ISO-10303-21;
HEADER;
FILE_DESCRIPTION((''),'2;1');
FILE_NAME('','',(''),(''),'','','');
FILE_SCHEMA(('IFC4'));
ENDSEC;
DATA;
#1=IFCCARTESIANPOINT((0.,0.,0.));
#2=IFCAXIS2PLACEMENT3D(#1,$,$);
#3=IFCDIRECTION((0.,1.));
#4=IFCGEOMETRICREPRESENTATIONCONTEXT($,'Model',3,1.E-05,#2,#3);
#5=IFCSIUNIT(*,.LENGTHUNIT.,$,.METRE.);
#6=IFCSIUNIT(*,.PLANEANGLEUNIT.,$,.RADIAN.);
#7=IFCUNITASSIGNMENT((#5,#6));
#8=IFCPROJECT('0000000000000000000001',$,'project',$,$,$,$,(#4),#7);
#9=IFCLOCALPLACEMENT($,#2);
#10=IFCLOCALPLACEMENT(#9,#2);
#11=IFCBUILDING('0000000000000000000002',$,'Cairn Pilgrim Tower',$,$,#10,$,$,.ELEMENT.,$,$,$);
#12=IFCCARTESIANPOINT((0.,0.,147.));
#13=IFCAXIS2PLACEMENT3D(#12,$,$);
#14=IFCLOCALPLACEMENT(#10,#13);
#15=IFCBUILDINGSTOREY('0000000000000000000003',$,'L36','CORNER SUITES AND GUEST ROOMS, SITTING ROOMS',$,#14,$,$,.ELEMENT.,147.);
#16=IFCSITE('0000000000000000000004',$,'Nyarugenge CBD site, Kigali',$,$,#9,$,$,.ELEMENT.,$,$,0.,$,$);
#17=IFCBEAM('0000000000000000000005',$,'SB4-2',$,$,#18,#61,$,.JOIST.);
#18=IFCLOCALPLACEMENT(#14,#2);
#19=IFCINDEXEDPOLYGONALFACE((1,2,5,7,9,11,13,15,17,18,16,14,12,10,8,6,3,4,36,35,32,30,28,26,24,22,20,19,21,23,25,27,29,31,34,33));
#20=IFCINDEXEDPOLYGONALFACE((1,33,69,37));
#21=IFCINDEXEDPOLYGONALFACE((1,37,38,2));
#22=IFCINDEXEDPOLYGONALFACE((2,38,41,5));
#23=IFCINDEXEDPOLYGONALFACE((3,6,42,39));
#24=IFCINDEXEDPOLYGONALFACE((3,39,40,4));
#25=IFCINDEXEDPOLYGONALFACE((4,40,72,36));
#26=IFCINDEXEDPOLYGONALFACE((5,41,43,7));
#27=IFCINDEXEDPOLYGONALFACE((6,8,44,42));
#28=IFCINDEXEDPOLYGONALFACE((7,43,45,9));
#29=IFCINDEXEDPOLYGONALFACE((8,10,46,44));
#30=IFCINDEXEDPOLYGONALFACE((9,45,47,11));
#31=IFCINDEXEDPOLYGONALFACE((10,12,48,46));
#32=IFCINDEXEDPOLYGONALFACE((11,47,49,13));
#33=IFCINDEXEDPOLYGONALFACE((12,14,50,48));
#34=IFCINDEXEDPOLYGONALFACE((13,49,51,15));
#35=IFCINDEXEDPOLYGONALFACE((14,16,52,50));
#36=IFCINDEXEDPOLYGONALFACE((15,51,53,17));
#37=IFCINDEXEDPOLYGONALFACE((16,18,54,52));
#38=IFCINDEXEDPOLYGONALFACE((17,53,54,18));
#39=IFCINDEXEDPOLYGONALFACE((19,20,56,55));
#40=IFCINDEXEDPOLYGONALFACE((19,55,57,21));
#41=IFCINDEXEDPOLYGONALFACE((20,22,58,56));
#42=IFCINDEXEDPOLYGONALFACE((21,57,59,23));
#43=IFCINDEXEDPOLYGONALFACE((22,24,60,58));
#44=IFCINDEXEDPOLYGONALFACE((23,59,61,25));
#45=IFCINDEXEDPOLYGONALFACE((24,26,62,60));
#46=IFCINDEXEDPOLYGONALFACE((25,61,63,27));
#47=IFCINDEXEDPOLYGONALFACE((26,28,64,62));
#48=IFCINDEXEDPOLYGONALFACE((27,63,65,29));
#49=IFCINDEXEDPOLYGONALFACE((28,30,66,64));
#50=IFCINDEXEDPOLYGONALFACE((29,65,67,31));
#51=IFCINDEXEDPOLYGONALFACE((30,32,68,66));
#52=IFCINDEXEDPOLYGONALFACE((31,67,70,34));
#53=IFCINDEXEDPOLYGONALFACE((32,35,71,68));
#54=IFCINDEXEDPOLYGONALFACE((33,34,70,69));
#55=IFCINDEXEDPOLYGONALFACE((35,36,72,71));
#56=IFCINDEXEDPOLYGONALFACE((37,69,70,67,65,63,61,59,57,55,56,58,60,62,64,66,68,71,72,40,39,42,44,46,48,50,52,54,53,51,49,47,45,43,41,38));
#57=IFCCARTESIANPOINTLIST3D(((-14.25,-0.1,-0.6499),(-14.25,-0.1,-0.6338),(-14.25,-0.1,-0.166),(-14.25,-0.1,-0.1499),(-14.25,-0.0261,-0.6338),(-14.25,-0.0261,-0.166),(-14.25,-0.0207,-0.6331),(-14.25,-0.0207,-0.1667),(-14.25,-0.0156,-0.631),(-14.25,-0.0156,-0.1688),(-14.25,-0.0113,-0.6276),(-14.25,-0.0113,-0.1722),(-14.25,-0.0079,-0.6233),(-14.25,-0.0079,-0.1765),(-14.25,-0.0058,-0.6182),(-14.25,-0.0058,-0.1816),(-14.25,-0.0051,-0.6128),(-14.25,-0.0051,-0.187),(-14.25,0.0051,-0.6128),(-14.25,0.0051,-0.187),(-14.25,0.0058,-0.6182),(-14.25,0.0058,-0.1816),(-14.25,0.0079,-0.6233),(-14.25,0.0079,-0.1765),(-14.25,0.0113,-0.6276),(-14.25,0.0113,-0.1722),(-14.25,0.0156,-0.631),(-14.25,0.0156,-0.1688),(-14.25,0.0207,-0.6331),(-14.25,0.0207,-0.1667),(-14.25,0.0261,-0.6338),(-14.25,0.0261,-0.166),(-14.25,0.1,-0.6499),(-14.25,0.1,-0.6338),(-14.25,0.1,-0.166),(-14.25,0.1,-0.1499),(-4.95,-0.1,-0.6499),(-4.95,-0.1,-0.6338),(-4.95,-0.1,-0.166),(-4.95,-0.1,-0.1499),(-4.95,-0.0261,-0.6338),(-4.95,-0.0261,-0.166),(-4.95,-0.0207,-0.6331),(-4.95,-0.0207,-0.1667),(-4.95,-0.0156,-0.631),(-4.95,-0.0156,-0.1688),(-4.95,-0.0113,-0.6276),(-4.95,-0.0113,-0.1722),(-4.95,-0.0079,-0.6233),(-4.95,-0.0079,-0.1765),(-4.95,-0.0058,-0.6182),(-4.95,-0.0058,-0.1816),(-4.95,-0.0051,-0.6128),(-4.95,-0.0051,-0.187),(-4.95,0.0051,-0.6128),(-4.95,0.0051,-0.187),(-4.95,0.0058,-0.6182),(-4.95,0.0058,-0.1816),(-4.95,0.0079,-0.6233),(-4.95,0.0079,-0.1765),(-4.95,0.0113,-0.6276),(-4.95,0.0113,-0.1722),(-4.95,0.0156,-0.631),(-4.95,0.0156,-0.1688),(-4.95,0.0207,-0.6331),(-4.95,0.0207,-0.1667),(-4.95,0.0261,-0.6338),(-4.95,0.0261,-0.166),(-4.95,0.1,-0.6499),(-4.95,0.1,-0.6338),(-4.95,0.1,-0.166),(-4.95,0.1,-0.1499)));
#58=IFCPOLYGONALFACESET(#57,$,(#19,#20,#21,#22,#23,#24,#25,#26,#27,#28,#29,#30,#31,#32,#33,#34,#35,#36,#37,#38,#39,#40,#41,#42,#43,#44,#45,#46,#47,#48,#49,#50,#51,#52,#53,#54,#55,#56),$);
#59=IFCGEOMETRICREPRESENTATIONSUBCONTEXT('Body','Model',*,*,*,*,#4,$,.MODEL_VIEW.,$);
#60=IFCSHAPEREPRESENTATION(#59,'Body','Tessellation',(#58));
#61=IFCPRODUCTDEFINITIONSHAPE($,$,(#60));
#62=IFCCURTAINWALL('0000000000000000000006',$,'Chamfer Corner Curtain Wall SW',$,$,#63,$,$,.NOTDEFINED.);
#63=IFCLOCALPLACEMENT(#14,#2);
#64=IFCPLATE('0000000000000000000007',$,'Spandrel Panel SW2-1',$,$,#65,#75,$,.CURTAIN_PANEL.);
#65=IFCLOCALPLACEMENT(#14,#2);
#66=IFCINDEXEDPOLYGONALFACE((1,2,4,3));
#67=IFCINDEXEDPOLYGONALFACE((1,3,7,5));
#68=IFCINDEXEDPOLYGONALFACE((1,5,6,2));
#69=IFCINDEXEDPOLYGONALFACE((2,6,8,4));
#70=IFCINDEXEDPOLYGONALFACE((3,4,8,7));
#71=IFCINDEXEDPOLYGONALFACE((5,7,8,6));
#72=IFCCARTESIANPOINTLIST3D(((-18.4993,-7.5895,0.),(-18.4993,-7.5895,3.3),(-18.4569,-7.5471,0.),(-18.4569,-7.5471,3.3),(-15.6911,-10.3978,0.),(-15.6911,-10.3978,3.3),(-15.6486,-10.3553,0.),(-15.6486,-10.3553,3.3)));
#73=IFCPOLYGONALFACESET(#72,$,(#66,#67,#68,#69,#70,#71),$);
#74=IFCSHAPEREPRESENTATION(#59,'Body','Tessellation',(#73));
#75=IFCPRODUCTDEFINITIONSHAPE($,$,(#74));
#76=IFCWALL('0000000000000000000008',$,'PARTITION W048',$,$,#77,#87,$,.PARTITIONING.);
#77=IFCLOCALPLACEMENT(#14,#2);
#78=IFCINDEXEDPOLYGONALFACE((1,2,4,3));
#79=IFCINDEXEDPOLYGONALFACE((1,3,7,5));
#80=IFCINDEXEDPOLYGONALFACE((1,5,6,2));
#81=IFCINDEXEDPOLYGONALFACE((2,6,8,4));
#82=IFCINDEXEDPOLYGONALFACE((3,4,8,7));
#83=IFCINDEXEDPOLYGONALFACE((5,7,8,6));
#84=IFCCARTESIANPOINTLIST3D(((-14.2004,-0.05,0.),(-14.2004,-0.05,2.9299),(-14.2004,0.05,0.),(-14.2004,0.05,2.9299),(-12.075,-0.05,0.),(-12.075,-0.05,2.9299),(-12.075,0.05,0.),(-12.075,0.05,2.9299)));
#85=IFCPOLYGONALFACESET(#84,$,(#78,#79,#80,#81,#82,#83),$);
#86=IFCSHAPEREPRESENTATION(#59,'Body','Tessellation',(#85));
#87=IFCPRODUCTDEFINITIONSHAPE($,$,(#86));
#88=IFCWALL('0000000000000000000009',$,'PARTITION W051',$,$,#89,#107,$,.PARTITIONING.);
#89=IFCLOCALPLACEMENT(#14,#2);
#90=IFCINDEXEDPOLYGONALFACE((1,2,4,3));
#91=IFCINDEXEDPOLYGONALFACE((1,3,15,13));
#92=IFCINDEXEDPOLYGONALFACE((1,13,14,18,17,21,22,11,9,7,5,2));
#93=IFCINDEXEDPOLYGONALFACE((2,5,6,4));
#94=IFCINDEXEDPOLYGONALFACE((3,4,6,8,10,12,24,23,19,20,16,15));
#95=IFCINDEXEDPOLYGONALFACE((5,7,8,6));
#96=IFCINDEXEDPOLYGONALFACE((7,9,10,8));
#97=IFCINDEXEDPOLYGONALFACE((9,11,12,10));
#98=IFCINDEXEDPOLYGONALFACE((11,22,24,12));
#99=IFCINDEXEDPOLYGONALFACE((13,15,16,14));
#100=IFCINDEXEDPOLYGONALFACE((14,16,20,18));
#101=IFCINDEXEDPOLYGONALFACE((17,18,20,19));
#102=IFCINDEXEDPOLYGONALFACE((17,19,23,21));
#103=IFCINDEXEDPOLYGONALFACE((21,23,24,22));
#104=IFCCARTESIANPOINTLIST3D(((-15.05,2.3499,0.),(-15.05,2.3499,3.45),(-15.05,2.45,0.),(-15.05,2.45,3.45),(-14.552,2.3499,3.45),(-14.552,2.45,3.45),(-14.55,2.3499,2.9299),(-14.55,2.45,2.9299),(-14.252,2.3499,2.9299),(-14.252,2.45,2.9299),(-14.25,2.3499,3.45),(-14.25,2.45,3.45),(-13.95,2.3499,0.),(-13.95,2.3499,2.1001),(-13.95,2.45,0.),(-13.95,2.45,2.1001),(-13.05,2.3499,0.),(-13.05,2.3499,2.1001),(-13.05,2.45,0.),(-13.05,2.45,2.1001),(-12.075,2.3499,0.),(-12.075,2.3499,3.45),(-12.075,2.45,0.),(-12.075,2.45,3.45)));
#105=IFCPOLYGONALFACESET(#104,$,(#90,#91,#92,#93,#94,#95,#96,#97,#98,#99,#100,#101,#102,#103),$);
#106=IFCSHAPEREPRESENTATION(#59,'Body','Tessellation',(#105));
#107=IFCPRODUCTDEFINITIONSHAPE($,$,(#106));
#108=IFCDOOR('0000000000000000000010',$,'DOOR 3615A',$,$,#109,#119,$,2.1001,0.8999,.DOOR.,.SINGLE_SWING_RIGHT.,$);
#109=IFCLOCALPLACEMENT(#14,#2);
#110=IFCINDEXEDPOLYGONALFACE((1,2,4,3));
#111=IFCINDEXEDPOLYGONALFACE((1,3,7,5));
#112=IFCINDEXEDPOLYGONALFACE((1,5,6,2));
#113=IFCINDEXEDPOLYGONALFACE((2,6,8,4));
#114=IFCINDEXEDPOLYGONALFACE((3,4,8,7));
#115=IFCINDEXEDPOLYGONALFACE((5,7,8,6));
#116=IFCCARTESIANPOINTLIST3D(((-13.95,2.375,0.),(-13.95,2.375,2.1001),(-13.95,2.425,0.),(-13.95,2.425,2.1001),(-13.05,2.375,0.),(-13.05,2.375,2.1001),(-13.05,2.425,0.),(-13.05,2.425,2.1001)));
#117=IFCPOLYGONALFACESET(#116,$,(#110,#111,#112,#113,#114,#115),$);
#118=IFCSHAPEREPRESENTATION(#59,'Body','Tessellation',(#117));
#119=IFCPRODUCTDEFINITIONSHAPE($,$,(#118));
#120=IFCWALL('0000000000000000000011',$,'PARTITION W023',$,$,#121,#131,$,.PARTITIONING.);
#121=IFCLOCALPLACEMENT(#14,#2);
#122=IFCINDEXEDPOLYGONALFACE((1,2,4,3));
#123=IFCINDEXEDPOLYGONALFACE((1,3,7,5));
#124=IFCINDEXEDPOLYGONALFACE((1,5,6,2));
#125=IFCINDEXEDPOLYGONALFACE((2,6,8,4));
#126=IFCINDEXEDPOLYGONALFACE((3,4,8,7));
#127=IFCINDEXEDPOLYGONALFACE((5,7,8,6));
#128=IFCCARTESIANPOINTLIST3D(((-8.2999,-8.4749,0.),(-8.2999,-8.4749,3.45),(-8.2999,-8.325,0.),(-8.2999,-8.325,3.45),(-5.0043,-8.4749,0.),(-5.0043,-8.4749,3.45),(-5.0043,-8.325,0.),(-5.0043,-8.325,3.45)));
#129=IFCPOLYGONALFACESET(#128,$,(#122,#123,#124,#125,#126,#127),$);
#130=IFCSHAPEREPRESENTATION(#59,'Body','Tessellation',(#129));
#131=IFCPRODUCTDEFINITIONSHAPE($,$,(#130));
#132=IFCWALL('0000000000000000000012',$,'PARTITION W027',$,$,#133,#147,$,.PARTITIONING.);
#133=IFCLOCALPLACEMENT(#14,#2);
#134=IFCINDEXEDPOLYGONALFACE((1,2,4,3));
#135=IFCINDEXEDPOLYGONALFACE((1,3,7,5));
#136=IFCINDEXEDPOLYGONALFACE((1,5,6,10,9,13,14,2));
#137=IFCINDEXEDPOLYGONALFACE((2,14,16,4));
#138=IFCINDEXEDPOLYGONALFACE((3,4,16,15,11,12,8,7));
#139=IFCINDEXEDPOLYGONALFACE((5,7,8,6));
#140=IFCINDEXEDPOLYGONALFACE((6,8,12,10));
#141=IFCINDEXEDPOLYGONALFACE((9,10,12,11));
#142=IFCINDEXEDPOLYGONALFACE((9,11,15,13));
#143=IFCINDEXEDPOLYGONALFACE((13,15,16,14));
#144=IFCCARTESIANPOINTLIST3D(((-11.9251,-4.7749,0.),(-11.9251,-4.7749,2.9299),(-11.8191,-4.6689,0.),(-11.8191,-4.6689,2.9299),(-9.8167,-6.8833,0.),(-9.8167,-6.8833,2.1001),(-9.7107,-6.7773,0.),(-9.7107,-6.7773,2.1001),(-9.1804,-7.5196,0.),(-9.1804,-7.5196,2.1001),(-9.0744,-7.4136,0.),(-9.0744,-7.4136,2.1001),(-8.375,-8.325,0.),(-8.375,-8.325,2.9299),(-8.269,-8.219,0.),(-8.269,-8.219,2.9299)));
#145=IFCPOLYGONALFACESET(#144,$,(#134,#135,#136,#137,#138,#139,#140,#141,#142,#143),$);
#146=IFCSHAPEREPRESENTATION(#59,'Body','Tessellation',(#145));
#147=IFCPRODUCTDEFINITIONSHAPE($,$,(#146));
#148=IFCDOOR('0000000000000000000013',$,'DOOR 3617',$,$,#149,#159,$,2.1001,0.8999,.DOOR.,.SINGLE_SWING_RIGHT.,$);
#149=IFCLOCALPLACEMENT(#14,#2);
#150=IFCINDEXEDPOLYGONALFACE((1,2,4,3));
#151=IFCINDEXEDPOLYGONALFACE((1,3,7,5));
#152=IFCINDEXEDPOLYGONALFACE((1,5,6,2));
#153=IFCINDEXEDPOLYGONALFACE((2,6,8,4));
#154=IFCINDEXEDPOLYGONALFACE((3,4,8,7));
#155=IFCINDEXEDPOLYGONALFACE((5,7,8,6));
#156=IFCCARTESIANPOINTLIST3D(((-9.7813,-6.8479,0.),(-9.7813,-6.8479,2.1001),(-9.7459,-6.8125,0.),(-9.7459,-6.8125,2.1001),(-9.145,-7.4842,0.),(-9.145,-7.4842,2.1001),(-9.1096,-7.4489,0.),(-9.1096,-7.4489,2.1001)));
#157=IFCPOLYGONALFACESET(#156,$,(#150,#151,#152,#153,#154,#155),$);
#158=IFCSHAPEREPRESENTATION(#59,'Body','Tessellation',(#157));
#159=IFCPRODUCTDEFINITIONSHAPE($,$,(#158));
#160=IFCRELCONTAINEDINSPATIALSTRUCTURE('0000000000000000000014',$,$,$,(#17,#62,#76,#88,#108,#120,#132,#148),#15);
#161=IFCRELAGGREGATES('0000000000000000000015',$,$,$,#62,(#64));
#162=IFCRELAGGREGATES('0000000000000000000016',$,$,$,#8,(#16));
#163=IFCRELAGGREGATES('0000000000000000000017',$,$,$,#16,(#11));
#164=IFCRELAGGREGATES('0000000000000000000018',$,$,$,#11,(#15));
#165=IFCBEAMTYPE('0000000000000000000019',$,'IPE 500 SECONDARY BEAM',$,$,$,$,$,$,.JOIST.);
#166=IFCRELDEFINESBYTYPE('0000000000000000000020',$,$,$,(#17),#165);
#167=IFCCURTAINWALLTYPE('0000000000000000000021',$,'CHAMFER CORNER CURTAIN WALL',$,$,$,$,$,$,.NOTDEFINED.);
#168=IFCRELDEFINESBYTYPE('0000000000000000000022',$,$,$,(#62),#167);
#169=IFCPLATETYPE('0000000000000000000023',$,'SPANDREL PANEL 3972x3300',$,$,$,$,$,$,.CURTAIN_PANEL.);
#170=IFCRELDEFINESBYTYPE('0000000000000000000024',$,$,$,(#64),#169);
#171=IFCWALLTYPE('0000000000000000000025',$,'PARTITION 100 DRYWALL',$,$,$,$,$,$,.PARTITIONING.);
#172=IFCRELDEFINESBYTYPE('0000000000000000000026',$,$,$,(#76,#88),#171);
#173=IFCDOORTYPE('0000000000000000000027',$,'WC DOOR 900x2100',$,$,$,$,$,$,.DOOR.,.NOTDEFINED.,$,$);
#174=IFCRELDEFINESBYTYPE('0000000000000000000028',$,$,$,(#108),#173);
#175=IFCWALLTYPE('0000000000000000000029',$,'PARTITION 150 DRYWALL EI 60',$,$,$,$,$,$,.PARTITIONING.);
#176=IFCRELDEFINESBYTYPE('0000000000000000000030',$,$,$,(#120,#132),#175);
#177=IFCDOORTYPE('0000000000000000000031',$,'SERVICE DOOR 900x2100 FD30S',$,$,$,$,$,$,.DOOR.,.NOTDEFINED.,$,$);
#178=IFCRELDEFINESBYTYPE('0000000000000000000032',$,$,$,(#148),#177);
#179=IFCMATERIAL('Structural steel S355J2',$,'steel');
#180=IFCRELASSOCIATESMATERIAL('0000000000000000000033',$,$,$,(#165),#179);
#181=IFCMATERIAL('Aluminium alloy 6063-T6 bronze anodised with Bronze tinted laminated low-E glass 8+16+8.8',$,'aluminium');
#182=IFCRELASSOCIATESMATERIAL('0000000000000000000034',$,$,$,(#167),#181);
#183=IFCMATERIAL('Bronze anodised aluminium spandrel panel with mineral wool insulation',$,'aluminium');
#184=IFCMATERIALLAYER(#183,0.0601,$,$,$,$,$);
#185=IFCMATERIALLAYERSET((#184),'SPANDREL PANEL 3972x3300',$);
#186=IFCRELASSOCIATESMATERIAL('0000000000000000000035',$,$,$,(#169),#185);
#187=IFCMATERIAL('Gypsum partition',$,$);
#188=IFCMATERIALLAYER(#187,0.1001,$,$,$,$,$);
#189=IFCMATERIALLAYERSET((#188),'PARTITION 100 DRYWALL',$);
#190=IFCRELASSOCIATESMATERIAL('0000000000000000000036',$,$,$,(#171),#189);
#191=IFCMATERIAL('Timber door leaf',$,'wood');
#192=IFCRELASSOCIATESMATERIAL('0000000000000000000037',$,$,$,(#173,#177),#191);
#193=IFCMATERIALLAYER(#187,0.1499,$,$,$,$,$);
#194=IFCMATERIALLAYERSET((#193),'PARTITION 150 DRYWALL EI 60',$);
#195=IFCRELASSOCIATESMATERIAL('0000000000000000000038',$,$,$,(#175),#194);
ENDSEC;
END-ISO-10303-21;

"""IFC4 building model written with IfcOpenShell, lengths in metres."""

from ifc_helpers import new_model, si_unit, direction, frame, frame_2d, origin, origin_2d, place, context, subcontext, project, spatial, polyline, rectangle, i_section, outline, extrude, material, layer, layer_set, material_profile, profile_set, type_object, element, fill, aggregate, save


model = new_model("IFC4")

# Units and contexts
model_context = context("Model", 3, precision=1e-05, world=origin(), true_north=direction((0.0, 1.0)))
body_context = subcontext(model_context, "Body", "Model", "MODEL_VIEW")
ifc_project = project(units=[si_unit("LENGTHUNIT", "METRE"), si_unit("PLANEANGLEUNIT", "RADIAN")], contexts=[model_context])

# Site, building, storey
site_placement = place(None, origin())
site = spatial("IfcSite", under=ifc_project, at=site_placement, Name="Nyarugenge CBD site, Kigali", CompositionType="ELEMENT", RefElevation=0.0)
building_placement = place(site_placement, origin())
building = spatial("IfcBuilding", under=site, at=building_placement, Name="Cairn Pilgrim Tower", CompositionType="ELEMENT")
storey_placement = place(building_placement, frame((0.0, 0.0, 147.0)))
storey = spatial("IfcBuildingStorey", under=building, at=storey_placement, Name="L36", Description="CORNER SUITES AND GUEST ROOMS, SITTING ROOMS", CompositionType="ELEMENT", Elevation=147.0)

# Shared definitions
ifc_material_1 = material(Name="Structural steel S355J2", Category="steel")

# Beam
ifc_material_profile_1 = material_profile(ifc_material_1, i_section(OverallWidth=0.2, OverallDepth=0.5, WebThickness=0.0103, FlangeThickness=0.0161, FilletRadius=0.021, at=origin_2d()), Name="IPE 500")
ifc_profile_set_1 = profile_set([ifc_material_profile_1], Name="Structural steel S355J2")
beam_type_1 = type_object("IfcBeamType", Name="IPE 500 SECONDARY BEAM", PredefinedType="JOIST", material=ifc_profile_set_1)
for number, where, z_axis, x_axis, name in (
    (1, (-14.25, 0.0, -0.3999), (1.0, 0.0, 0.0), (0.0, 1.0, 0.0), "SB4-2"),
):
    element("IfcBeam", number, at=place(storey_placement, frame(where, z_axis=z_axis, x_axis=x_axis)), inside=storey, type_object=beam_type_1, Name=name, PredefinedType="JOIST", context=body_context, shape_type="SweptSolid", body=[
        extrude(i_section(OverallWidth=0.2, OverallDepth=0.5, WebThickness=0.0103, FlangeThickness=0.0161, FilletRadius=0.021, at=origin_2d()), origin(), (0.0, 0.0, 1.0), 9.3),
    ])

# Curtain wall, plate
ifc_material_2 = material(Name="Aluminium alloy 6063-T6 bronze anodised with Bronze tinted laminated low-E glass 8+16+8.8", Category="aluminium")
curtain_wall_type = type_object("IfcCurtainWallType", Name="CHAMFER CORNER CURTAIN WALL", PredefinedType="NOTDEFINED", material=ifc_material_2)
curtain_wall_placement = place(storey_placement, origin())
curtain_wall = element("IfcCurtainWall", 2, at=curtain_wall_placement, inside=storey, type_object=curtain_wall_type, Name="Chamfer Corner Curtain Wall SW", PredefinedType="NOTDEFINED")
ifc_material_3 = material(Name="Bronze anodised aluminium spandrel panel with mineral wool insulation", Category="aluminium")
ifc_layer_1 = layer(ifc_material_3, 0.0601)
ifc_layer_set_1 = layer_set([ifc_layer_1], Name="SPANDREL PANEL 3972x3300")
plate_type = type_object("IfcPlateType", Name="SPANDREL PANEL 3972x3300", PredefinedType="CURTAIN_PANEL", material=ifc_layer_set_1)
plate_placement = place(storey_placement, frame((-17.074, -8.9724, 0.0), z_axis=(0.0, 0.0, 1.0), x_axis=(0.707107, -0.707107, 0.0)))
plate = element("IfcPlate", 3, at=plate_placement, type_object=plate_type, Name="Spandrel Panel SW2-1", PredefinedType="CURTAIN_PANEL", context=body_context, shape_type="SweptSolid", body=[
    extrude(rectangle(XDim=3.9714, YDim=0.0601, at=origin_2d()), origin(), (0.0, 0.0, 1.0), 3.3),
])
aggregate(curtain_wall, [plate])

# Wall
ifc_material_4 = material(Name="Gypsum partition")
ifc_layer_2 = layer(ifc_material_4, 0.1001)
ifc_layer_set_2 = layer_set([ifc_layer_2], Name="PARTITION 100 DRYWALL")
wall_type_1 = type_object("IfcWallType", Name="PARTITION 100 DRYWALL", PredefinedType="PARTITIONING", material=ifc_layer_set_2)
wall_1_placement = place(storey_placement, frame((-14.2004, 0.0, 0.0), z_axis=(0.0, 0.0, 1.0), x_axis=(1.0, 0.0, 0.0)))
element("IfcWall", 4, at=wall_1_placement, inside=storey, type_object=wall_type_1, Name="PARTITION W048", PredefinedType="PARTITIONING", context=body_context, shape_type="SweptSolid", body=[
    extrude(rectangle(XDim=2.1255, YDim=0.1001, at=frame_2d((1.0627, 0.0))), origin(), (0.0, 0.0, 1.0), 2.9299),
])

# Wall, opening, door
wall_2_placement = place(storey_placement, frame((-15.05, 2.3999, 0.0), z_axis=(0.0, 0.0, 1.0), x_axis=(1.0, 0.0, 0.0)))
wall_2 = element("IfcWall", 5, at=wall_2_placement, inside=storey, type_object=wall_type_1, Name="PARTITION W051", PredefinedType="PARTITIONING", context=body_context, shape_type="SweptSolid", body=[
    extrude(outline(polyline([(0.0, 0.0), (2.9751, 0.0), (2.9751, 3.45), (0.8, 3.45), (0.7981, 2.9299), (0.5, 2.9299), (0.498, 3.45), (0.0, 3.45), (0.0, 0.0)])), frame((0.0, 0.05, 0.0), z_axis=(0.0, -1.0, 0.0), x_axis=(1.0, 0.0, 0.0)), (0.0, 0.0, 1.0), 0.1001),
])
opening_1_placement = place(wall_2_placement, frame((1.1001, 0.0, 0.0)))
opening_1 = element("IfcOpeningElement", 6, at=opening_1_placement, cuts=wall_2, PredefinedType="OPENING", context=body_context, shape_type="SweptSolid", body=[
    extrude(rectangle(XDim=0.8999, YDim=2.1001, at=frame_2d((0.45, 1.05))), frame((0.0, 0.0601, 0.0), z_axis=(0.0, -1.0, 0.0), x_axis=(1.0, 0.0, 0.0)), (0.0, 0.0, 1.0), 0.1201),
])
ifc_material_5 = material(Name="Timber door leaf", Category="wood")
door_type_1 = type_object("IfcDoorType", Name="WC DOOR 900x2100", OperationType="NOTDEFINED", PredefinedType="DOOR", material=ifc_material_5)
door_1_placement = place(opening_1_placement, frame((0.8999, 0.0, 0.0), z_axis=(0.0, 0.0, 1.0), x_axis=(-1.0, 0.0, 0.0)))
door_1 = element("IfcDoor", 7, at=door_1_placement, inside=storey, type_object=door_type_1, Name="DOOR 3615A", OperationType="SINGLE_SWING_RIGHT", OverallHeight=2.1001, OverallWidth=0.8999, PredefinedType="DOOR", context=body_context, shape_type="SweptSolid", body=[
    extrude(rectangle(XDim=0.8999, YDim=2.1001, at=frame_2d((0.45, 1.05))), frame((0.0, 0.0249, 0.0), z_axis=(0.0, -1.0, 0.0), x_axis=(1.0, 0.0, 0.0)), (0.0, 0.0, 1.0), 0.05),
])
fill(opening_1, door_1)

# Wall
ifc_layer_3 = layer(ifc_material_4, 0.1499)
ifc_layer_set_3 = layer_set([ifc_layer_3], Name="PARTITION 150 DRYWALL EI 60")
wall_type_2 = type_object("IfcWallType", Name="PARTITION 150 DRYWALL EI 60", PredefinedType="PARTITIONING", material=ifc_layer_set_3)
wall_3_placement = place(storey_placement, frame((-8.3, -8.3999, 0.0), z_axis=(0.0, 0.0, 1.0), x_axis=(1.0, 0.0, 0.0)))
element("IfcWall", 8, at=wall_3_placement, inside=storey, type_object=wall_type_2, Name="PARTITION W023", PredefinedType="PARTITIONING", context=body_context, shape_type="SweptSolid", body=[
    extrude(rectangle(XDim=3.2957, YDim=0.1499, at=frame_2d((1.6479, 0.0))), origin(), (0.0, 0.0, 1.0), 3.45),
])

# Wall, opening, door
wall_4_placement = place(storey_placement, frame((-8.322, -8.272, 0.0), z_axis=(0.0, 0.0, 1.0), x_axis=(-0.707107, 0.707107, 0.0)))
wall_4 = element("IfcWall", 9, at=wall_4_placement, inside=storey, type_object=wall_type_2, Name="PARTITION W027", PredefinedType="PARTITIONING", context=body_context, shape_type="SweptSolid", body=[
    extrude(rectangle(XDim=5.0205, YDim=0.1499, at=frame_2d((2.5103, 0.0))), origin(), (0.0, 0.0, 1.0), 2.9299),
])
opening_2_placement = place(wall_4_placement, frame((1.1389, 0.0, 0.0)))
opening_2 = element("IfcOpeningElement", 10, at=opening_2_placement, cuts=wall_4, PredefinedType="OPENING", context=body_context, shape_type="SweptSolid", body=[
    extrude(rectangle(XDim=0.8999, YDim=2.1001, at=frame_2d((0.45, 1.05))), frame((0.0, 0.085, 0.0), z_axis=(0.0, -1.0, 0.0), x_axis=(1.0, 0.0, 0.0)), (0.0, 0.0, 1.0), 0.1699),
])
door_type_2 = type_object("IfcDoorType", Name="SERVICE DOOR 900x2100 FD30S", OperationType="NOTDEFINED", PredefinedType="DOOR", material=ifc_material_5)
door_2_placement = place(opening_2_placement, origin())
door_2 = element("IfcDoor", 11, at=door_2_placement, inside=storey, type_object=door_type_2, Name="DOOR 3617", OperationType="SINGLE_SWING_RIGHT", OverallHeight=2.1001, OverallWidth=0.8999, PredefinedType="DOOR", context=body_context, shape_type="SweptSolid", body=[
    extrude(rectangle(XDim=0.8999, YDim=2.1001, at=frame_2d((0.45, 1.05))), frame((0.0, 0.0249, 0.0), z_axis=(0.0, -1.0, 0.0), x_axis=(1.0, 0.0, 0.0)), (0.0, 0.0, 1.0), 0.05),
])
fill(opening_2, door_2)

save(model, "model.ifc")
